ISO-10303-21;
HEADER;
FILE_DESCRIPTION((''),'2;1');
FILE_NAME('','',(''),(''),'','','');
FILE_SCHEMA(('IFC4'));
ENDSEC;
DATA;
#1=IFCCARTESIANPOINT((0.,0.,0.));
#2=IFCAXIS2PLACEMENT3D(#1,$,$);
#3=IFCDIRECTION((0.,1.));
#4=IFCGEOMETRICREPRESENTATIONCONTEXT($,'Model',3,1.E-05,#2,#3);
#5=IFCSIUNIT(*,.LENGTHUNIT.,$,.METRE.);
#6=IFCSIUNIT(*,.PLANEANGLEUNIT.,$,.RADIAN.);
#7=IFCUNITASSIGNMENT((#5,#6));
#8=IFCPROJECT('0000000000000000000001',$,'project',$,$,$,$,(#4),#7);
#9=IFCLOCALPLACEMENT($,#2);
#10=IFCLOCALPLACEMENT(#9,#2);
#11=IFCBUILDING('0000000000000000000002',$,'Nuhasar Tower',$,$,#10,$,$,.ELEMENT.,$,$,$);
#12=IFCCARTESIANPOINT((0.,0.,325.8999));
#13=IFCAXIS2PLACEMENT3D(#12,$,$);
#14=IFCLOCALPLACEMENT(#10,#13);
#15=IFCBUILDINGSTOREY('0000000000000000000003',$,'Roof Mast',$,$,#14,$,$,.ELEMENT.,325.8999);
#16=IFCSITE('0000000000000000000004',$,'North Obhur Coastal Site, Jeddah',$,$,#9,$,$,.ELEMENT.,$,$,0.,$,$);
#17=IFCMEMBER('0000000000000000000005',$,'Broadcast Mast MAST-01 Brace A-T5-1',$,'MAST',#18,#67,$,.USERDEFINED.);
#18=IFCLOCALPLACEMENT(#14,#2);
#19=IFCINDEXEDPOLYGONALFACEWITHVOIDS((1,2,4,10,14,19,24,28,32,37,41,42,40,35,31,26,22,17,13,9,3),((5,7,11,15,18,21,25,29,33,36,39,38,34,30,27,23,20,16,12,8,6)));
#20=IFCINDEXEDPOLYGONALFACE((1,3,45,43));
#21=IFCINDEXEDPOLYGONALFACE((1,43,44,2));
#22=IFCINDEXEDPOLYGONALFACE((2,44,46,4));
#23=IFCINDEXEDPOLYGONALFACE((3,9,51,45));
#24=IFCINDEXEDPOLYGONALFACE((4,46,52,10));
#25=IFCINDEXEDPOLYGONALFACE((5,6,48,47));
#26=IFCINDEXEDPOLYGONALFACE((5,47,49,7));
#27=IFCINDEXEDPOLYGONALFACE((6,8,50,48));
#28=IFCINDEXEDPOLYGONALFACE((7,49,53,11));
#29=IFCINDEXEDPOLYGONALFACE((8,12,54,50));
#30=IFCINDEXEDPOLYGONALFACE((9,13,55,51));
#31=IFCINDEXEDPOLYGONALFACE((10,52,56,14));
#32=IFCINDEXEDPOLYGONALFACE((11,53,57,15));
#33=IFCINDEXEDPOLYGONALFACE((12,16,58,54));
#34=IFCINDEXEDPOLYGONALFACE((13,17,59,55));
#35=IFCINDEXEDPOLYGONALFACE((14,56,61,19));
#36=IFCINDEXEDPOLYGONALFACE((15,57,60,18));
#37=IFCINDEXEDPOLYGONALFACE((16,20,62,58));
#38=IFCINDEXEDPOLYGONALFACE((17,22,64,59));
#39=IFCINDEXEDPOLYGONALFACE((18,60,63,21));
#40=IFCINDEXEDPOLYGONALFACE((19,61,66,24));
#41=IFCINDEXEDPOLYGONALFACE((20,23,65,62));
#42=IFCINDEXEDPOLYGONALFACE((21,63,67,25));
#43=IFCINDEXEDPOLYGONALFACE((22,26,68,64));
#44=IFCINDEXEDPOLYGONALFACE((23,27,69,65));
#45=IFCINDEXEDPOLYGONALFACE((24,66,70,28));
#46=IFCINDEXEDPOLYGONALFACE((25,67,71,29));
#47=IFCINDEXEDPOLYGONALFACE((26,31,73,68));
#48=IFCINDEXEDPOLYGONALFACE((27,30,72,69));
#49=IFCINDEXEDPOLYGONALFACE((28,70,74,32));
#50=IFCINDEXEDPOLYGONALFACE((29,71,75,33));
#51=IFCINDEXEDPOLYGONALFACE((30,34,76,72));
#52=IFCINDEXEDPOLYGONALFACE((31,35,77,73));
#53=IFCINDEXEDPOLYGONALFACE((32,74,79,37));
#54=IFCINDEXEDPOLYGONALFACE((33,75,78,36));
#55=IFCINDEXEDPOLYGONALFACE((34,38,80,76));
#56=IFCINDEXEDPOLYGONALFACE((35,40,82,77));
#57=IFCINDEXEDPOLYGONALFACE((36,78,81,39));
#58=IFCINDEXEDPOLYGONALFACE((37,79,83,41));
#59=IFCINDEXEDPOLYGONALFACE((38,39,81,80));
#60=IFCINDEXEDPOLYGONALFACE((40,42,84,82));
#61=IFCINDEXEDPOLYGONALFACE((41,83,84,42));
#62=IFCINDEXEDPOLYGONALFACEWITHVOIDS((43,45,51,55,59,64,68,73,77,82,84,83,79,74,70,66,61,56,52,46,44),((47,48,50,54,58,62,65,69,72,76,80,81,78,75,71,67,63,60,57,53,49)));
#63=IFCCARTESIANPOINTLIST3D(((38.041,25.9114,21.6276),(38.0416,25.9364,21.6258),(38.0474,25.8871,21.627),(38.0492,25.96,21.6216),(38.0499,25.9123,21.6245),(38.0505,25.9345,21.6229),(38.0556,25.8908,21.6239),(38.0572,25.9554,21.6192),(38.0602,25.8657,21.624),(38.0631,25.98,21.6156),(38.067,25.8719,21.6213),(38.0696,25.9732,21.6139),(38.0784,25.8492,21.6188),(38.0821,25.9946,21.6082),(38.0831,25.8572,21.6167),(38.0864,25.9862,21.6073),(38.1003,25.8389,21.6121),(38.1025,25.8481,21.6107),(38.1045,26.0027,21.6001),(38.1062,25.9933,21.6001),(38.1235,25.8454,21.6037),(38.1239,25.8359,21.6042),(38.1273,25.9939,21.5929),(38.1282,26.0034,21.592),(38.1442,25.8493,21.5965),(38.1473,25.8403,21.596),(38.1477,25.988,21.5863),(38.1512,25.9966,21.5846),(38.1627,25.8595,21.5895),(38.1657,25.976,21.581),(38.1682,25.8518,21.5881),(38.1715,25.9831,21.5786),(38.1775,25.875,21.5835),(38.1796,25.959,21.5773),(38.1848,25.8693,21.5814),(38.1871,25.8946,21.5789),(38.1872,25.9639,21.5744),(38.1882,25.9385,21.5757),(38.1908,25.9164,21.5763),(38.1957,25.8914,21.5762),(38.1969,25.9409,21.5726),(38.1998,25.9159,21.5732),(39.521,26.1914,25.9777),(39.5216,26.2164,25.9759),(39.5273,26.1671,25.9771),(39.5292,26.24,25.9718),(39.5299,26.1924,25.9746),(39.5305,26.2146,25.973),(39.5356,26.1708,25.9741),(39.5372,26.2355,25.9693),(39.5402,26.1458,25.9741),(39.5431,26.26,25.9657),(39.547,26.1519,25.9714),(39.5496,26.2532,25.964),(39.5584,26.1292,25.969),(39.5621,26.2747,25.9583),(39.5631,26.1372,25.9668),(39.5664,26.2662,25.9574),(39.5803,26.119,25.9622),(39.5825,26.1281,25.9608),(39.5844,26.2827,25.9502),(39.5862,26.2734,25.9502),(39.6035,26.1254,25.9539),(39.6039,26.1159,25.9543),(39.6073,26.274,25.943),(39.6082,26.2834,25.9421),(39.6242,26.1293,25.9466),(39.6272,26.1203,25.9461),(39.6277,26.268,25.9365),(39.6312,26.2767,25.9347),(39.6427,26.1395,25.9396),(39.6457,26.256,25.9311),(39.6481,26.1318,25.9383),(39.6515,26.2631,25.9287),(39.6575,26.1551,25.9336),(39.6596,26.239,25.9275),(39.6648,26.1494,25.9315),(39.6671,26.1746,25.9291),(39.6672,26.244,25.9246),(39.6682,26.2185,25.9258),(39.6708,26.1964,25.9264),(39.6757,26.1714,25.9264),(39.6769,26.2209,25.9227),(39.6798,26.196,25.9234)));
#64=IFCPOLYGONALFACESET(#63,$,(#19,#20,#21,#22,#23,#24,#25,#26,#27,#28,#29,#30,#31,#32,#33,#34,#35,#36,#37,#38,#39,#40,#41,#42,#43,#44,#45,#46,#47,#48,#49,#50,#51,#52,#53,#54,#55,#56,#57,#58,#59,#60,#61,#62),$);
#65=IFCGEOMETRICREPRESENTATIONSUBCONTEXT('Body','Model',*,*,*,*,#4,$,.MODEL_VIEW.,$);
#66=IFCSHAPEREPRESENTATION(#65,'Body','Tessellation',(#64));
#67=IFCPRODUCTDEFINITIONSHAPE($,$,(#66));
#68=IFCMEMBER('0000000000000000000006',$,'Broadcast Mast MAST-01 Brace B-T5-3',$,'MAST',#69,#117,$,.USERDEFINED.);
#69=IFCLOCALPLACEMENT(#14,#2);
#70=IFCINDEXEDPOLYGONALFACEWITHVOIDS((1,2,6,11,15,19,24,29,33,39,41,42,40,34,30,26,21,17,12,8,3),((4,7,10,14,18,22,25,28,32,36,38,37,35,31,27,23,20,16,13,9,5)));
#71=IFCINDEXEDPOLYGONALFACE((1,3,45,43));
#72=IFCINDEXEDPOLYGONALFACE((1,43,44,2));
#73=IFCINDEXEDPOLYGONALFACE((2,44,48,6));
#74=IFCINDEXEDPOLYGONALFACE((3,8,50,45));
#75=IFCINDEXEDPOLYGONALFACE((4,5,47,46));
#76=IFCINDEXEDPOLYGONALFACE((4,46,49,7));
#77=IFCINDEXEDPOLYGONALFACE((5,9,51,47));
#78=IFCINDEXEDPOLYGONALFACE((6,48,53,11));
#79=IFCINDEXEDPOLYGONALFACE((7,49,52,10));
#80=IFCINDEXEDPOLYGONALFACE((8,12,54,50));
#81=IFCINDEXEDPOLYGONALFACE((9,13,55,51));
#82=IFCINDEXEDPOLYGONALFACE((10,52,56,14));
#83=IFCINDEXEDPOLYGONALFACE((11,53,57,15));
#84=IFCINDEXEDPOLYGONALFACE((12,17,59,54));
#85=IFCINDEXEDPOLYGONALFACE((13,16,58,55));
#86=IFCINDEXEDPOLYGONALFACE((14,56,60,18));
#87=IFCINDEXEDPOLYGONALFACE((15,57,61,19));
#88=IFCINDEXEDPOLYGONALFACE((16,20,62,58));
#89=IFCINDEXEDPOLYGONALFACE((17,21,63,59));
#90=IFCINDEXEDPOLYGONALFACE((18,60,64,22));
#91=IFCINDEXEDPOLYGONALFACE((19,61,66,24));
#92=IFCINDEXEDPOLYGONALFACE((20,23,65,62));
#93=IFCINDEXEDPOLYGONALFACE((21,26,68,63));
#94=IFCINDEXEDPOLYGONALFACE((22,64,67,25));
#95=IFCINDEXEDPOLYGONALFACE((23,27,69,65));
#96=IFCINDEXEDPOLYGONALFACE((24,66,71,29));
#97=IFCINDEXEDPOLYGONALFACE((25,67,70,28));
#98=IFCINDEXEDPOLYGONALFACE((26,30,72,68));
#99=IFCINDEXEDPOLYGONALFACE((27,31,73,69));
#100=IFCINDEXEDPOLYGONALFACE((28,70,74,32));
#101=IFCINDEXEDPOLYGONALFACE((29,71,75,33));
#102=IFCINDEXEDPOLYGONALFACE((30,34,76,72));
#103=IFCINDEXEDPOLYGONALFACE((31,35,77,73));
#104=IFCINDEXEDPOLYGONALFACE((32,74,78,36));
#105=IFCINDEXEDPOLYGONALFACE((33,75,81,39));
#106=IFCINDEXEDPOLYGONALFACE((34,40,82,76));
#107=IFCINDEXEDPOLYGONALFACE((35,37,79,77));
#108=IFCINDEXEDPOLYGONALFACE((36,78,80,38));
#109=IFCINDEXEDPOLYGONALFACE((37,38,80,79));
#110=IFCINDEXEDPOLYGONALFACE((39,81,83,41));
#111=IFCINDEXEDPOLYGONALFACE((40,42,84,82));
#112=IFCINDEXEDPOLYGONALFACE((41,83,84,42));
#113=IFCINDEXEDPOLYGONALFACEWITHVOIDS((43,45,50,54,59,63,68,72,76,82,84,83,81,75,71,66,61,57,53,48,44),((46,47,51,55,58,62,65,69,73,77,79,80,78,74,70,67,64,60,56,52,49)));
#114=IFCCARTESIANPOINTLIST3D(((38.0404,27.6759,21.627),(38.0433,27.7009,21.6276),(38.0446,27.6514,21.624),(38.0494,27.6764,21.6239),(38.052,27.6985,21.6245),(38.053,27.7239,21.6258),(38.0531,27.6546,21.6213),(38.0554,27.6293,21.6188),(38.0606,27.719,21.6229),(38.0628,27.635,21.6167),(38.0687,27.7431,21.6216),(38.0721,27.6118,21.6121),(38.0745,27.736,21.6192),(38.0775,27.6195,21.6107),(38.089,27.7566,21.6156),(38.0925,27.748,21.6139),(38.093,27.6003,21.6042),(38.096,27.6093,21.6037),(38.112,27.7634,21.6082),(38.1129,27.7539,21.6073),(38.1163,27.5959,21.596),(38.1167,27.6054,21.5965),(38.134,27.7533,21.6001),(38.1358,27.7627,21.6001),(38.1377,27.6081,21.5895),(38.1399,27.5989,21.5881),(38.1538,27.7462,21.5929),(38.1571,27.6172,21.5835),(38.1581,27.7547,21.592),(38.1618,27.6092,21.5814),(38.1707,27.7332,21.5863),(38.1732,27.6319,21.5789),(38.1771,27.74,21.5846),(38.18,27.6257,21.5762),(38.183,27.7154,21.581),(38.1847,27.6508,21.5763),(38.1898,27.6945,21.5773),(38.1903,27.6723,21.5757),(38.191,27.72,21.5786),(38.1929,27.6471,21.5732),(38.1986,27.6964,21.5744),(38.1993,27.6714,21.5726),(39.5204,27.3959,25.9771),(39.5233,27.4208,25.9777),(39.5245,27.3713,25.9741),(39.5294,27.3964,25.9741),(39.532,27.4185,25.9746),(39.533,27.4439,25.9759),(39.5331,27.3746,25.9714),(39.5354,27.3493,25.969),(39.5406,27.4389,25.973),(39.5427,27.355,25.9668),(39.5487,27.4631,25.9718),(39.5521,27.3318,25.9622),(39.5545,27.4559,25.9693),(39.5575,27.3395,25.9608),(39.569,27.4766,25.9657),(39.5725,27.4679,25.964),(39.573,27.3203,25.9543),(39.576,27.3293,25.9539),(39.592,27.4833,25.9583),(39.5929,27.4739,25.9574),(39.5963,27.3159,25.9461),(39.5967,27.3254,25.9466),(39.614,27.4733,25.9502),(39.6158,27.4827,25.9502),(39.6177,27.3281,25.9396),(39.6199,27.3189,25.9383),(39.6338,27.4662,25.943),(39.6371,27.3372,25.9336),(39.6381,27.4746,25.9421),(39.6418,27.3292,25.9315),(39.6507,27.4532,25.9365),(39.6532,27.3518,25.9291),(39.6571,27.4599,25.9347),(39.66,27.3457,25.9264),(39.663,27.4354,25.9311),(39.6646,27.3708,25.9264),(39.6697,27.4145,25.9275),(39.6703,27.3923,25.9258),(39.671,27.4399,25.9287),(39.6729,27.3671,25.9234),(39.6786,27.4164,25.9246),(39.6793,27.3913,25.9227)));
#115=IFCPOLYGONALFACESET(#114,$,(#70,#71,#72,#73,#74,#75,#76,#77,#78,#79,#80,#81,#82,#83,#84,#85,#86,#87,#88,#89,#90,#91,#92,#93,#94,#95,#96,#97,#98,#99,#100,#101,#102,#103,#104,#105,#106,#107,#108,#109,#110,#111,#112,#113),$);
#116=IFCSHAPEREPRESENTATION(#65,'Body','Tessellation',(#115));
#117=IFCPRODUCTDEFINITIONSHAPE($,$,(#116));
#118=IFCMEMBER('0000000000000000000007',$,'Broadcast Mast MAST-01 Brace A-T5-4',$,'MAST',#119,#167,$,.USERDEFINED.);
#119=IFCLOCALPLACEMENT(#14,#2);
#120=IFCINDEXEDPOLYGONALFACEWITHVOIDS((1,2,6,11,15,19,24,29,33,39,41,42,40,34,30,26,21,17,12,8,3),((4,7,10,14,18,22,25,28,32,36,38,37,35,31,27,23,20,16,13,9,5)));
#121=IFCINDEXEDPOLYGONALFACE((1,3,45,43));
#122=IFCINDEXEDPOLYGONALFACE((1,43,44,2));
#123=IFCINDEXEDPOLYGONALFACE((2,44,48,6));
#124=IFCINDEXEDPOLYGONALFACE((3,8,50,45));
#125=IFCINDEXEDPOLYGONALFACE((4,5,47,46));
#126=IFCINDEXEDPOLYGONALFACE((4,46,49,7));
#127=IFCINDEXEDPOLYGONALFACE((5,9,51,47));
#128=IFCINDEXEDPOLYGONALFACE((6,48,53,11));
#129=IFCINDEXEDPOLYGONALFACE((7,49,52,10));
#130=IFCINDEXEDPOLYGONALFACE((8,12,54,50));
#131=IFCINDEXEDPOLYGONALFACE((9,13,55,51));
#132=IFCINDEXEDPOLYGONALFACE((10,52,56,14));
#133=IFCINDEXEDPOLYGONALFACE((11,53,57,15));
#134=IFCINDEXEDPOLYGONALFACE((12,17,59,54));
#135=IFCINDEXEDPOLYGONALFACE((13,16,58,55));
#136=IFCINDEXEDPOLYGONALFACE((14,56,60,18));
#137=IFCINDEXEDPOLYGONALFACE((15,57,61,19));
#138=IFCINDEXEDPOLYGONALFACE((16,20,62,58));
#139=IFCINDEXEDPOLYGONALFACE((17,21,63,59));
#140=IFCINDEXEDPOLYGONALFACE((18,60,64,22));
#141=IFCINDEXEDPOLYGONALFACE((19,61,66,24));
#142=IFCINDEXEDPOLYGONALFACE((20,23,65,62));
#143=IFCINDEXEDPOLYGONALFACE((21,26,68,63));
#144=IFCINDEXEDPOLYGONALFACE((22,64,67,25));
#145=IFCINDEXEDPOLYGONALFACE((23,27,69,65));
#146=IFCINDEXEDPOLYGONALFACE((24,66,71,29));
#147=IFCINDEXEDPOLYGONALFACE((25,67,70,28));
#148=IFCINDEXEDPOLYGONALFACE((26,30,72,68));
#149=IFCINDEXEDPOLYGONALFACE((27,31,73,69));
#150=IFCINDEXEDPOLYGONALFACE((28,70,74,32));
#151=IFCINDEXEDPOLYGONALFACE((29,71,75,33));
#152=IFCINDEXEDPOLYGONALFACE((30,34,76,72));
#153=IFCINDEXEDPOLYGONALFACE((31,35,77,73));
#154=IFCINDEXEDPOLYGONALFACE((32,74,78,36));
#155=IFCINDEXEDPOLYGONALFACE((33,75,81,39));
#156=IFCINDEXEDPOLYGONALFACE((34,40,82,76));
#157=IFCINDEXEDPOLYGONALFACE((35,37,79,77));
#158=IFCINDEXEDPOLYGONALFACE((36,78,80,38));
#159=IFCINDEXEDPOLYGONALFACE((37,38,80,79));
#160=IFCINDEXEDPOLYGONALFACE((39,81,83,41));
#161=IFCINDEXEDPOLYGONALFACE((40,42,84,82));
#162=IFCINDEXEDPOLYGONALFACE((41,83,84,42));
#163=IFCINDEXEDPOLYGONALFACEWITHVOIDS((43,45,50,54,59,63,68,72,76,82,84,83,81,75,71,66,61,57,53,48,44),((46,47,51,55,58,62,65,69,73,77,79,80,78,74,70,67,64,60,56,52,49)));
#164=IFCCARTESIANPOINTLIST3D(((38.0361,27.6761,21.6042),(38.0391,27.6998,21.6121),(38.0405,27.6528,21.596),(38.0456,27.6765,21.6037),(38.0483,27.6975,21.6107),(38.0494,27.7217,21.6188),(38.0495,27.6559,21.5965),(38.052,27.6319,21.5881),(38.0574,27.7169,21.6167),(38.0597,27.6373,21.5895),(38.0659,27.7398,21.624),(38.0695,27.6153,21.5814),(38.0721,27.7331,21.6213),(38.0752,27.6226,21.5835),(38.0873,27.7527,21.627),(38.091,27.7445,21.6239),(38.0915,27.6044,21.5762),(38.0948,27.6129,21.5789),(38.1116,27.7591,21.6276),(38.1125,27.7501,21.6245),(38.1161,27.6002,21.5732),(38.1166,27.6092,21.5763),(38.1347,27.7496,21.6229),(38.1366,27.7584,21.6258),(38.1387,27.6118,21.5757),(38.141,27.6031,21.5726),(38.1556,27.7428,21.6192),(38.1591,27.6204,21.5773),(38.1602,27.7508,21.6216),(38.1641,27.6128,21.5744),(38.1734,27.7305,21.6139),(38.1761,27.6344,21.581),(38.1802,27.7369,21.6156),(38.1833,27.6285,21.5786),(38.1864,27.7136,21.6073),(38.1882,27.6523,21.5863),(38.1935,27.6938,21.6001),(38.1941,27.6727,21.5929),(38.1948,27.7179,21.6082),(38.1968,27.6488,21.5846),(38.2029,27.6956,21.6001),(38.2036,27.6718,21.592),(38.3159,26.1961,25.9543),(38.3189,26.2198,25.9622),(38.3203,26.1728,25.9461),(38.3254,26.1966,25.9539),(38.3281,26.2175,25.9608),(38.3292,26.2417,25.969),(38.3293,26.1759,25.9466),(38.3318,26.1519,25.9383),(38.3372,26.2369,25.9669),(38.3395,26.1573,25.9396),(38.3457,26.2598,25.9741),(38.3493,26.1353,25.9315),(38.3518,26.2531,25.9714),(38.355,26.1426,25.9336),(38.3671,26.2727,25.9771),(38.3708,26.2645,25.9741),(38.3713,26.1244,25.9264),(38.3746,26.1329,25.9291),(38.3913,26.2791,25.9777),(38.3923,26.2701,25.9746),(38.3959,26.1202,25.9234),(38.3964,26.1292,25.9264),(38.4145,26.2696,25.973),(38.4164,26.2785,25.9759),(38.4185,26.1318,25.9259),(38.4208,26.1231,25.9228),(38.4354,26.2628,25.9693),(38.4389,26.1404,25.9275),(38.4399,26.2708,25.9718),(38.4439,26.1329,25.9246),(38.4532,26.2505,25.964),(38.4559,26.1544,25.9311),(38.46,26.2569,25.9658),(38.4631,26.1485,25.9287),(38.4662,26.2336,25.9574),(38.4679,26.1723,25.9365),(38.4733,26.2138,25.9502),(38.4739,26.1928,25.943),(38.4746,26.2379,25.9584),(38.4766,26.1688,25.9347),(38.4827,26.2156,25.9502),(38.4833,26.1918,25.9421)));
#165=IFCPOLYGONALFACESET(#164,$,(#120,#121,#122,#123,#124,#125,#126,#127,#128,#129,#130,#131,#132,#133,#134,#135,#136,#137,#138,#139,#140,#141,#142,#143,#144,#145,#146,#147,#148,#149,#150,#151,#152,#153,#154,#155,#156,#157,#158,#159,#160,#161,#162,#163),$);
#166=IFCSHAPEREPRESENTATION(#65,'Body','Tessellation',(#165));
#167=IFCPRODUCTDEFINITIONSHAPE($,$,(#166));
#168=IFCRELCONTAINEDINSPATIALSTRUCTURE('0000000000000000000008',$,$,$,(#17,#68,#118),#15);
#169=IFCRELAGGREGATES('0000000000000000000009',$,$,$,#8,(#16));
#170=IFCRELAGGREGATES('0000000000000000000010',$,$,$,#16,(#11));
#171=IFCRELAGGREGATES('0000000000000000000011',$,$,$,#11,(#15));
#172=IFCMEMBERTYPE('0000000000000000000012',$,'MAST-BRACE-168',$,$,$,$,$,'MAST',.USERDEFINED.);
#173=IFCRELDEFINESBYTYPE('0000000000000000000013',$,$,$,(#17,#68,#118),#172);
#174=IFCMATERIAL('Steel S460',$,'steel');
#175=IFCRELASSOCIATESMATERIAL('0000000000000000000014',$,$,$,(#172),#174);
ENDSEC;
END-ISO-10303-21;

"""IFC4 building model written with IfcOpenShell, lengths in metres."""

from ifc_helpers import new_model, si_unit, direction, frame, origin, origin_2d, place, context, subcontext, project, spatial, hollow_circle, extrude, material, material_profile, profile_set, type_object, element, save


model = new_model("IFC4")

# Units and contexts
model_context = context("Model", 3, precision=1e-05, world=origin(), true_north=direction((0.0, 1.0)))
body_context = subcontext(model_context, "Body", "Model", "MODEL_VIEW")
ifc_project = project(units=[si_unit("LENGTHUNIT", "METRE"), si_unit("PLANEANGLEUNIT", "RADIAN")], contexts=[model_context])

# Site, building, storey
site_placement = place(None, origin())
site = spatial("IfcSite", under=ifc_project, at=site_placement, Name="North Obhur Coastal Site, Jeddah", CompositionType="ELEMENT", RefElevation=0.0)
building_placement = place(site_placement, origin())
building = spatial("IfcBuilding", under=site, at=building_placement, Name="Nuhasar Tower", CompositionType="ELEMENT")
storey_placement = place(building_placement, frame((0.0, 0.0, 325.8999)))
storey = spatial("IfcBuildingStorey", under=building, at=storey_placement, Name="Roof Mast", CompositionType="ELEMENT", Elevation=325.8999)

# Shared definitions
ifc_material = material(Name="Steel S460", Category="steel")

# Members
ifc_material_profile_1 = material_profile(ifc_material, hollow_circle(Radius=0.0842, WallThickness=0.0095, at=origin_2d()), Name="HSS168.3X9.5")
ifc_profile_set_1 = profile_set([ifc_material_profile_1], Name="Steel S460")
member_type = type_object("IfcMemberType", Name="MAST-BRACE-168", ElementType="MAST", PredefinedType="USERDEFINED", material=ifc_profile_set_1)
for number, where, z_axis, x_axis, name in (
    (1, (38.1201, 25.9199, 21.6001), (0.321491, 0.06083, 0.944957), (-0.185913, 0.982566, 0.0), "Broadcast Mast MAST-01 Brace A-T5-1"),
    (2, (38.1201, 27.6799, 21.6001), (0.321491, -0.06083, 0.944957), (0.185913, 0.982566, 0.0), "Broadcast Mast MAST-01 Brace B-T5-3"),
    (3, (38.1201, 27.6799, 21.6001), (0.060777, -0.321492, 0.94496), (0.982596, 0.185756, 0.0), "Broadcast Mast MAST-01 Brace A-T5-4"),
):
    element("IfcMember", number, at=place(storey_placement, frame(where, z_axis=z_axis, x_axis=x_axis)), inside=storey, type_object=member_type, Name=name, ObjectType="MAST", PredefinedType="USERDEFINED", context=body_context, shape_type="SweptSolid", body=[
        extrude(hollow_circle(Radius=0.0842, WallThickness=0.0095, at=origin_2d()), origin(), (0.0, 0.0, 1.0), 4.6035),
    ])

save(model, "model.ifc")
